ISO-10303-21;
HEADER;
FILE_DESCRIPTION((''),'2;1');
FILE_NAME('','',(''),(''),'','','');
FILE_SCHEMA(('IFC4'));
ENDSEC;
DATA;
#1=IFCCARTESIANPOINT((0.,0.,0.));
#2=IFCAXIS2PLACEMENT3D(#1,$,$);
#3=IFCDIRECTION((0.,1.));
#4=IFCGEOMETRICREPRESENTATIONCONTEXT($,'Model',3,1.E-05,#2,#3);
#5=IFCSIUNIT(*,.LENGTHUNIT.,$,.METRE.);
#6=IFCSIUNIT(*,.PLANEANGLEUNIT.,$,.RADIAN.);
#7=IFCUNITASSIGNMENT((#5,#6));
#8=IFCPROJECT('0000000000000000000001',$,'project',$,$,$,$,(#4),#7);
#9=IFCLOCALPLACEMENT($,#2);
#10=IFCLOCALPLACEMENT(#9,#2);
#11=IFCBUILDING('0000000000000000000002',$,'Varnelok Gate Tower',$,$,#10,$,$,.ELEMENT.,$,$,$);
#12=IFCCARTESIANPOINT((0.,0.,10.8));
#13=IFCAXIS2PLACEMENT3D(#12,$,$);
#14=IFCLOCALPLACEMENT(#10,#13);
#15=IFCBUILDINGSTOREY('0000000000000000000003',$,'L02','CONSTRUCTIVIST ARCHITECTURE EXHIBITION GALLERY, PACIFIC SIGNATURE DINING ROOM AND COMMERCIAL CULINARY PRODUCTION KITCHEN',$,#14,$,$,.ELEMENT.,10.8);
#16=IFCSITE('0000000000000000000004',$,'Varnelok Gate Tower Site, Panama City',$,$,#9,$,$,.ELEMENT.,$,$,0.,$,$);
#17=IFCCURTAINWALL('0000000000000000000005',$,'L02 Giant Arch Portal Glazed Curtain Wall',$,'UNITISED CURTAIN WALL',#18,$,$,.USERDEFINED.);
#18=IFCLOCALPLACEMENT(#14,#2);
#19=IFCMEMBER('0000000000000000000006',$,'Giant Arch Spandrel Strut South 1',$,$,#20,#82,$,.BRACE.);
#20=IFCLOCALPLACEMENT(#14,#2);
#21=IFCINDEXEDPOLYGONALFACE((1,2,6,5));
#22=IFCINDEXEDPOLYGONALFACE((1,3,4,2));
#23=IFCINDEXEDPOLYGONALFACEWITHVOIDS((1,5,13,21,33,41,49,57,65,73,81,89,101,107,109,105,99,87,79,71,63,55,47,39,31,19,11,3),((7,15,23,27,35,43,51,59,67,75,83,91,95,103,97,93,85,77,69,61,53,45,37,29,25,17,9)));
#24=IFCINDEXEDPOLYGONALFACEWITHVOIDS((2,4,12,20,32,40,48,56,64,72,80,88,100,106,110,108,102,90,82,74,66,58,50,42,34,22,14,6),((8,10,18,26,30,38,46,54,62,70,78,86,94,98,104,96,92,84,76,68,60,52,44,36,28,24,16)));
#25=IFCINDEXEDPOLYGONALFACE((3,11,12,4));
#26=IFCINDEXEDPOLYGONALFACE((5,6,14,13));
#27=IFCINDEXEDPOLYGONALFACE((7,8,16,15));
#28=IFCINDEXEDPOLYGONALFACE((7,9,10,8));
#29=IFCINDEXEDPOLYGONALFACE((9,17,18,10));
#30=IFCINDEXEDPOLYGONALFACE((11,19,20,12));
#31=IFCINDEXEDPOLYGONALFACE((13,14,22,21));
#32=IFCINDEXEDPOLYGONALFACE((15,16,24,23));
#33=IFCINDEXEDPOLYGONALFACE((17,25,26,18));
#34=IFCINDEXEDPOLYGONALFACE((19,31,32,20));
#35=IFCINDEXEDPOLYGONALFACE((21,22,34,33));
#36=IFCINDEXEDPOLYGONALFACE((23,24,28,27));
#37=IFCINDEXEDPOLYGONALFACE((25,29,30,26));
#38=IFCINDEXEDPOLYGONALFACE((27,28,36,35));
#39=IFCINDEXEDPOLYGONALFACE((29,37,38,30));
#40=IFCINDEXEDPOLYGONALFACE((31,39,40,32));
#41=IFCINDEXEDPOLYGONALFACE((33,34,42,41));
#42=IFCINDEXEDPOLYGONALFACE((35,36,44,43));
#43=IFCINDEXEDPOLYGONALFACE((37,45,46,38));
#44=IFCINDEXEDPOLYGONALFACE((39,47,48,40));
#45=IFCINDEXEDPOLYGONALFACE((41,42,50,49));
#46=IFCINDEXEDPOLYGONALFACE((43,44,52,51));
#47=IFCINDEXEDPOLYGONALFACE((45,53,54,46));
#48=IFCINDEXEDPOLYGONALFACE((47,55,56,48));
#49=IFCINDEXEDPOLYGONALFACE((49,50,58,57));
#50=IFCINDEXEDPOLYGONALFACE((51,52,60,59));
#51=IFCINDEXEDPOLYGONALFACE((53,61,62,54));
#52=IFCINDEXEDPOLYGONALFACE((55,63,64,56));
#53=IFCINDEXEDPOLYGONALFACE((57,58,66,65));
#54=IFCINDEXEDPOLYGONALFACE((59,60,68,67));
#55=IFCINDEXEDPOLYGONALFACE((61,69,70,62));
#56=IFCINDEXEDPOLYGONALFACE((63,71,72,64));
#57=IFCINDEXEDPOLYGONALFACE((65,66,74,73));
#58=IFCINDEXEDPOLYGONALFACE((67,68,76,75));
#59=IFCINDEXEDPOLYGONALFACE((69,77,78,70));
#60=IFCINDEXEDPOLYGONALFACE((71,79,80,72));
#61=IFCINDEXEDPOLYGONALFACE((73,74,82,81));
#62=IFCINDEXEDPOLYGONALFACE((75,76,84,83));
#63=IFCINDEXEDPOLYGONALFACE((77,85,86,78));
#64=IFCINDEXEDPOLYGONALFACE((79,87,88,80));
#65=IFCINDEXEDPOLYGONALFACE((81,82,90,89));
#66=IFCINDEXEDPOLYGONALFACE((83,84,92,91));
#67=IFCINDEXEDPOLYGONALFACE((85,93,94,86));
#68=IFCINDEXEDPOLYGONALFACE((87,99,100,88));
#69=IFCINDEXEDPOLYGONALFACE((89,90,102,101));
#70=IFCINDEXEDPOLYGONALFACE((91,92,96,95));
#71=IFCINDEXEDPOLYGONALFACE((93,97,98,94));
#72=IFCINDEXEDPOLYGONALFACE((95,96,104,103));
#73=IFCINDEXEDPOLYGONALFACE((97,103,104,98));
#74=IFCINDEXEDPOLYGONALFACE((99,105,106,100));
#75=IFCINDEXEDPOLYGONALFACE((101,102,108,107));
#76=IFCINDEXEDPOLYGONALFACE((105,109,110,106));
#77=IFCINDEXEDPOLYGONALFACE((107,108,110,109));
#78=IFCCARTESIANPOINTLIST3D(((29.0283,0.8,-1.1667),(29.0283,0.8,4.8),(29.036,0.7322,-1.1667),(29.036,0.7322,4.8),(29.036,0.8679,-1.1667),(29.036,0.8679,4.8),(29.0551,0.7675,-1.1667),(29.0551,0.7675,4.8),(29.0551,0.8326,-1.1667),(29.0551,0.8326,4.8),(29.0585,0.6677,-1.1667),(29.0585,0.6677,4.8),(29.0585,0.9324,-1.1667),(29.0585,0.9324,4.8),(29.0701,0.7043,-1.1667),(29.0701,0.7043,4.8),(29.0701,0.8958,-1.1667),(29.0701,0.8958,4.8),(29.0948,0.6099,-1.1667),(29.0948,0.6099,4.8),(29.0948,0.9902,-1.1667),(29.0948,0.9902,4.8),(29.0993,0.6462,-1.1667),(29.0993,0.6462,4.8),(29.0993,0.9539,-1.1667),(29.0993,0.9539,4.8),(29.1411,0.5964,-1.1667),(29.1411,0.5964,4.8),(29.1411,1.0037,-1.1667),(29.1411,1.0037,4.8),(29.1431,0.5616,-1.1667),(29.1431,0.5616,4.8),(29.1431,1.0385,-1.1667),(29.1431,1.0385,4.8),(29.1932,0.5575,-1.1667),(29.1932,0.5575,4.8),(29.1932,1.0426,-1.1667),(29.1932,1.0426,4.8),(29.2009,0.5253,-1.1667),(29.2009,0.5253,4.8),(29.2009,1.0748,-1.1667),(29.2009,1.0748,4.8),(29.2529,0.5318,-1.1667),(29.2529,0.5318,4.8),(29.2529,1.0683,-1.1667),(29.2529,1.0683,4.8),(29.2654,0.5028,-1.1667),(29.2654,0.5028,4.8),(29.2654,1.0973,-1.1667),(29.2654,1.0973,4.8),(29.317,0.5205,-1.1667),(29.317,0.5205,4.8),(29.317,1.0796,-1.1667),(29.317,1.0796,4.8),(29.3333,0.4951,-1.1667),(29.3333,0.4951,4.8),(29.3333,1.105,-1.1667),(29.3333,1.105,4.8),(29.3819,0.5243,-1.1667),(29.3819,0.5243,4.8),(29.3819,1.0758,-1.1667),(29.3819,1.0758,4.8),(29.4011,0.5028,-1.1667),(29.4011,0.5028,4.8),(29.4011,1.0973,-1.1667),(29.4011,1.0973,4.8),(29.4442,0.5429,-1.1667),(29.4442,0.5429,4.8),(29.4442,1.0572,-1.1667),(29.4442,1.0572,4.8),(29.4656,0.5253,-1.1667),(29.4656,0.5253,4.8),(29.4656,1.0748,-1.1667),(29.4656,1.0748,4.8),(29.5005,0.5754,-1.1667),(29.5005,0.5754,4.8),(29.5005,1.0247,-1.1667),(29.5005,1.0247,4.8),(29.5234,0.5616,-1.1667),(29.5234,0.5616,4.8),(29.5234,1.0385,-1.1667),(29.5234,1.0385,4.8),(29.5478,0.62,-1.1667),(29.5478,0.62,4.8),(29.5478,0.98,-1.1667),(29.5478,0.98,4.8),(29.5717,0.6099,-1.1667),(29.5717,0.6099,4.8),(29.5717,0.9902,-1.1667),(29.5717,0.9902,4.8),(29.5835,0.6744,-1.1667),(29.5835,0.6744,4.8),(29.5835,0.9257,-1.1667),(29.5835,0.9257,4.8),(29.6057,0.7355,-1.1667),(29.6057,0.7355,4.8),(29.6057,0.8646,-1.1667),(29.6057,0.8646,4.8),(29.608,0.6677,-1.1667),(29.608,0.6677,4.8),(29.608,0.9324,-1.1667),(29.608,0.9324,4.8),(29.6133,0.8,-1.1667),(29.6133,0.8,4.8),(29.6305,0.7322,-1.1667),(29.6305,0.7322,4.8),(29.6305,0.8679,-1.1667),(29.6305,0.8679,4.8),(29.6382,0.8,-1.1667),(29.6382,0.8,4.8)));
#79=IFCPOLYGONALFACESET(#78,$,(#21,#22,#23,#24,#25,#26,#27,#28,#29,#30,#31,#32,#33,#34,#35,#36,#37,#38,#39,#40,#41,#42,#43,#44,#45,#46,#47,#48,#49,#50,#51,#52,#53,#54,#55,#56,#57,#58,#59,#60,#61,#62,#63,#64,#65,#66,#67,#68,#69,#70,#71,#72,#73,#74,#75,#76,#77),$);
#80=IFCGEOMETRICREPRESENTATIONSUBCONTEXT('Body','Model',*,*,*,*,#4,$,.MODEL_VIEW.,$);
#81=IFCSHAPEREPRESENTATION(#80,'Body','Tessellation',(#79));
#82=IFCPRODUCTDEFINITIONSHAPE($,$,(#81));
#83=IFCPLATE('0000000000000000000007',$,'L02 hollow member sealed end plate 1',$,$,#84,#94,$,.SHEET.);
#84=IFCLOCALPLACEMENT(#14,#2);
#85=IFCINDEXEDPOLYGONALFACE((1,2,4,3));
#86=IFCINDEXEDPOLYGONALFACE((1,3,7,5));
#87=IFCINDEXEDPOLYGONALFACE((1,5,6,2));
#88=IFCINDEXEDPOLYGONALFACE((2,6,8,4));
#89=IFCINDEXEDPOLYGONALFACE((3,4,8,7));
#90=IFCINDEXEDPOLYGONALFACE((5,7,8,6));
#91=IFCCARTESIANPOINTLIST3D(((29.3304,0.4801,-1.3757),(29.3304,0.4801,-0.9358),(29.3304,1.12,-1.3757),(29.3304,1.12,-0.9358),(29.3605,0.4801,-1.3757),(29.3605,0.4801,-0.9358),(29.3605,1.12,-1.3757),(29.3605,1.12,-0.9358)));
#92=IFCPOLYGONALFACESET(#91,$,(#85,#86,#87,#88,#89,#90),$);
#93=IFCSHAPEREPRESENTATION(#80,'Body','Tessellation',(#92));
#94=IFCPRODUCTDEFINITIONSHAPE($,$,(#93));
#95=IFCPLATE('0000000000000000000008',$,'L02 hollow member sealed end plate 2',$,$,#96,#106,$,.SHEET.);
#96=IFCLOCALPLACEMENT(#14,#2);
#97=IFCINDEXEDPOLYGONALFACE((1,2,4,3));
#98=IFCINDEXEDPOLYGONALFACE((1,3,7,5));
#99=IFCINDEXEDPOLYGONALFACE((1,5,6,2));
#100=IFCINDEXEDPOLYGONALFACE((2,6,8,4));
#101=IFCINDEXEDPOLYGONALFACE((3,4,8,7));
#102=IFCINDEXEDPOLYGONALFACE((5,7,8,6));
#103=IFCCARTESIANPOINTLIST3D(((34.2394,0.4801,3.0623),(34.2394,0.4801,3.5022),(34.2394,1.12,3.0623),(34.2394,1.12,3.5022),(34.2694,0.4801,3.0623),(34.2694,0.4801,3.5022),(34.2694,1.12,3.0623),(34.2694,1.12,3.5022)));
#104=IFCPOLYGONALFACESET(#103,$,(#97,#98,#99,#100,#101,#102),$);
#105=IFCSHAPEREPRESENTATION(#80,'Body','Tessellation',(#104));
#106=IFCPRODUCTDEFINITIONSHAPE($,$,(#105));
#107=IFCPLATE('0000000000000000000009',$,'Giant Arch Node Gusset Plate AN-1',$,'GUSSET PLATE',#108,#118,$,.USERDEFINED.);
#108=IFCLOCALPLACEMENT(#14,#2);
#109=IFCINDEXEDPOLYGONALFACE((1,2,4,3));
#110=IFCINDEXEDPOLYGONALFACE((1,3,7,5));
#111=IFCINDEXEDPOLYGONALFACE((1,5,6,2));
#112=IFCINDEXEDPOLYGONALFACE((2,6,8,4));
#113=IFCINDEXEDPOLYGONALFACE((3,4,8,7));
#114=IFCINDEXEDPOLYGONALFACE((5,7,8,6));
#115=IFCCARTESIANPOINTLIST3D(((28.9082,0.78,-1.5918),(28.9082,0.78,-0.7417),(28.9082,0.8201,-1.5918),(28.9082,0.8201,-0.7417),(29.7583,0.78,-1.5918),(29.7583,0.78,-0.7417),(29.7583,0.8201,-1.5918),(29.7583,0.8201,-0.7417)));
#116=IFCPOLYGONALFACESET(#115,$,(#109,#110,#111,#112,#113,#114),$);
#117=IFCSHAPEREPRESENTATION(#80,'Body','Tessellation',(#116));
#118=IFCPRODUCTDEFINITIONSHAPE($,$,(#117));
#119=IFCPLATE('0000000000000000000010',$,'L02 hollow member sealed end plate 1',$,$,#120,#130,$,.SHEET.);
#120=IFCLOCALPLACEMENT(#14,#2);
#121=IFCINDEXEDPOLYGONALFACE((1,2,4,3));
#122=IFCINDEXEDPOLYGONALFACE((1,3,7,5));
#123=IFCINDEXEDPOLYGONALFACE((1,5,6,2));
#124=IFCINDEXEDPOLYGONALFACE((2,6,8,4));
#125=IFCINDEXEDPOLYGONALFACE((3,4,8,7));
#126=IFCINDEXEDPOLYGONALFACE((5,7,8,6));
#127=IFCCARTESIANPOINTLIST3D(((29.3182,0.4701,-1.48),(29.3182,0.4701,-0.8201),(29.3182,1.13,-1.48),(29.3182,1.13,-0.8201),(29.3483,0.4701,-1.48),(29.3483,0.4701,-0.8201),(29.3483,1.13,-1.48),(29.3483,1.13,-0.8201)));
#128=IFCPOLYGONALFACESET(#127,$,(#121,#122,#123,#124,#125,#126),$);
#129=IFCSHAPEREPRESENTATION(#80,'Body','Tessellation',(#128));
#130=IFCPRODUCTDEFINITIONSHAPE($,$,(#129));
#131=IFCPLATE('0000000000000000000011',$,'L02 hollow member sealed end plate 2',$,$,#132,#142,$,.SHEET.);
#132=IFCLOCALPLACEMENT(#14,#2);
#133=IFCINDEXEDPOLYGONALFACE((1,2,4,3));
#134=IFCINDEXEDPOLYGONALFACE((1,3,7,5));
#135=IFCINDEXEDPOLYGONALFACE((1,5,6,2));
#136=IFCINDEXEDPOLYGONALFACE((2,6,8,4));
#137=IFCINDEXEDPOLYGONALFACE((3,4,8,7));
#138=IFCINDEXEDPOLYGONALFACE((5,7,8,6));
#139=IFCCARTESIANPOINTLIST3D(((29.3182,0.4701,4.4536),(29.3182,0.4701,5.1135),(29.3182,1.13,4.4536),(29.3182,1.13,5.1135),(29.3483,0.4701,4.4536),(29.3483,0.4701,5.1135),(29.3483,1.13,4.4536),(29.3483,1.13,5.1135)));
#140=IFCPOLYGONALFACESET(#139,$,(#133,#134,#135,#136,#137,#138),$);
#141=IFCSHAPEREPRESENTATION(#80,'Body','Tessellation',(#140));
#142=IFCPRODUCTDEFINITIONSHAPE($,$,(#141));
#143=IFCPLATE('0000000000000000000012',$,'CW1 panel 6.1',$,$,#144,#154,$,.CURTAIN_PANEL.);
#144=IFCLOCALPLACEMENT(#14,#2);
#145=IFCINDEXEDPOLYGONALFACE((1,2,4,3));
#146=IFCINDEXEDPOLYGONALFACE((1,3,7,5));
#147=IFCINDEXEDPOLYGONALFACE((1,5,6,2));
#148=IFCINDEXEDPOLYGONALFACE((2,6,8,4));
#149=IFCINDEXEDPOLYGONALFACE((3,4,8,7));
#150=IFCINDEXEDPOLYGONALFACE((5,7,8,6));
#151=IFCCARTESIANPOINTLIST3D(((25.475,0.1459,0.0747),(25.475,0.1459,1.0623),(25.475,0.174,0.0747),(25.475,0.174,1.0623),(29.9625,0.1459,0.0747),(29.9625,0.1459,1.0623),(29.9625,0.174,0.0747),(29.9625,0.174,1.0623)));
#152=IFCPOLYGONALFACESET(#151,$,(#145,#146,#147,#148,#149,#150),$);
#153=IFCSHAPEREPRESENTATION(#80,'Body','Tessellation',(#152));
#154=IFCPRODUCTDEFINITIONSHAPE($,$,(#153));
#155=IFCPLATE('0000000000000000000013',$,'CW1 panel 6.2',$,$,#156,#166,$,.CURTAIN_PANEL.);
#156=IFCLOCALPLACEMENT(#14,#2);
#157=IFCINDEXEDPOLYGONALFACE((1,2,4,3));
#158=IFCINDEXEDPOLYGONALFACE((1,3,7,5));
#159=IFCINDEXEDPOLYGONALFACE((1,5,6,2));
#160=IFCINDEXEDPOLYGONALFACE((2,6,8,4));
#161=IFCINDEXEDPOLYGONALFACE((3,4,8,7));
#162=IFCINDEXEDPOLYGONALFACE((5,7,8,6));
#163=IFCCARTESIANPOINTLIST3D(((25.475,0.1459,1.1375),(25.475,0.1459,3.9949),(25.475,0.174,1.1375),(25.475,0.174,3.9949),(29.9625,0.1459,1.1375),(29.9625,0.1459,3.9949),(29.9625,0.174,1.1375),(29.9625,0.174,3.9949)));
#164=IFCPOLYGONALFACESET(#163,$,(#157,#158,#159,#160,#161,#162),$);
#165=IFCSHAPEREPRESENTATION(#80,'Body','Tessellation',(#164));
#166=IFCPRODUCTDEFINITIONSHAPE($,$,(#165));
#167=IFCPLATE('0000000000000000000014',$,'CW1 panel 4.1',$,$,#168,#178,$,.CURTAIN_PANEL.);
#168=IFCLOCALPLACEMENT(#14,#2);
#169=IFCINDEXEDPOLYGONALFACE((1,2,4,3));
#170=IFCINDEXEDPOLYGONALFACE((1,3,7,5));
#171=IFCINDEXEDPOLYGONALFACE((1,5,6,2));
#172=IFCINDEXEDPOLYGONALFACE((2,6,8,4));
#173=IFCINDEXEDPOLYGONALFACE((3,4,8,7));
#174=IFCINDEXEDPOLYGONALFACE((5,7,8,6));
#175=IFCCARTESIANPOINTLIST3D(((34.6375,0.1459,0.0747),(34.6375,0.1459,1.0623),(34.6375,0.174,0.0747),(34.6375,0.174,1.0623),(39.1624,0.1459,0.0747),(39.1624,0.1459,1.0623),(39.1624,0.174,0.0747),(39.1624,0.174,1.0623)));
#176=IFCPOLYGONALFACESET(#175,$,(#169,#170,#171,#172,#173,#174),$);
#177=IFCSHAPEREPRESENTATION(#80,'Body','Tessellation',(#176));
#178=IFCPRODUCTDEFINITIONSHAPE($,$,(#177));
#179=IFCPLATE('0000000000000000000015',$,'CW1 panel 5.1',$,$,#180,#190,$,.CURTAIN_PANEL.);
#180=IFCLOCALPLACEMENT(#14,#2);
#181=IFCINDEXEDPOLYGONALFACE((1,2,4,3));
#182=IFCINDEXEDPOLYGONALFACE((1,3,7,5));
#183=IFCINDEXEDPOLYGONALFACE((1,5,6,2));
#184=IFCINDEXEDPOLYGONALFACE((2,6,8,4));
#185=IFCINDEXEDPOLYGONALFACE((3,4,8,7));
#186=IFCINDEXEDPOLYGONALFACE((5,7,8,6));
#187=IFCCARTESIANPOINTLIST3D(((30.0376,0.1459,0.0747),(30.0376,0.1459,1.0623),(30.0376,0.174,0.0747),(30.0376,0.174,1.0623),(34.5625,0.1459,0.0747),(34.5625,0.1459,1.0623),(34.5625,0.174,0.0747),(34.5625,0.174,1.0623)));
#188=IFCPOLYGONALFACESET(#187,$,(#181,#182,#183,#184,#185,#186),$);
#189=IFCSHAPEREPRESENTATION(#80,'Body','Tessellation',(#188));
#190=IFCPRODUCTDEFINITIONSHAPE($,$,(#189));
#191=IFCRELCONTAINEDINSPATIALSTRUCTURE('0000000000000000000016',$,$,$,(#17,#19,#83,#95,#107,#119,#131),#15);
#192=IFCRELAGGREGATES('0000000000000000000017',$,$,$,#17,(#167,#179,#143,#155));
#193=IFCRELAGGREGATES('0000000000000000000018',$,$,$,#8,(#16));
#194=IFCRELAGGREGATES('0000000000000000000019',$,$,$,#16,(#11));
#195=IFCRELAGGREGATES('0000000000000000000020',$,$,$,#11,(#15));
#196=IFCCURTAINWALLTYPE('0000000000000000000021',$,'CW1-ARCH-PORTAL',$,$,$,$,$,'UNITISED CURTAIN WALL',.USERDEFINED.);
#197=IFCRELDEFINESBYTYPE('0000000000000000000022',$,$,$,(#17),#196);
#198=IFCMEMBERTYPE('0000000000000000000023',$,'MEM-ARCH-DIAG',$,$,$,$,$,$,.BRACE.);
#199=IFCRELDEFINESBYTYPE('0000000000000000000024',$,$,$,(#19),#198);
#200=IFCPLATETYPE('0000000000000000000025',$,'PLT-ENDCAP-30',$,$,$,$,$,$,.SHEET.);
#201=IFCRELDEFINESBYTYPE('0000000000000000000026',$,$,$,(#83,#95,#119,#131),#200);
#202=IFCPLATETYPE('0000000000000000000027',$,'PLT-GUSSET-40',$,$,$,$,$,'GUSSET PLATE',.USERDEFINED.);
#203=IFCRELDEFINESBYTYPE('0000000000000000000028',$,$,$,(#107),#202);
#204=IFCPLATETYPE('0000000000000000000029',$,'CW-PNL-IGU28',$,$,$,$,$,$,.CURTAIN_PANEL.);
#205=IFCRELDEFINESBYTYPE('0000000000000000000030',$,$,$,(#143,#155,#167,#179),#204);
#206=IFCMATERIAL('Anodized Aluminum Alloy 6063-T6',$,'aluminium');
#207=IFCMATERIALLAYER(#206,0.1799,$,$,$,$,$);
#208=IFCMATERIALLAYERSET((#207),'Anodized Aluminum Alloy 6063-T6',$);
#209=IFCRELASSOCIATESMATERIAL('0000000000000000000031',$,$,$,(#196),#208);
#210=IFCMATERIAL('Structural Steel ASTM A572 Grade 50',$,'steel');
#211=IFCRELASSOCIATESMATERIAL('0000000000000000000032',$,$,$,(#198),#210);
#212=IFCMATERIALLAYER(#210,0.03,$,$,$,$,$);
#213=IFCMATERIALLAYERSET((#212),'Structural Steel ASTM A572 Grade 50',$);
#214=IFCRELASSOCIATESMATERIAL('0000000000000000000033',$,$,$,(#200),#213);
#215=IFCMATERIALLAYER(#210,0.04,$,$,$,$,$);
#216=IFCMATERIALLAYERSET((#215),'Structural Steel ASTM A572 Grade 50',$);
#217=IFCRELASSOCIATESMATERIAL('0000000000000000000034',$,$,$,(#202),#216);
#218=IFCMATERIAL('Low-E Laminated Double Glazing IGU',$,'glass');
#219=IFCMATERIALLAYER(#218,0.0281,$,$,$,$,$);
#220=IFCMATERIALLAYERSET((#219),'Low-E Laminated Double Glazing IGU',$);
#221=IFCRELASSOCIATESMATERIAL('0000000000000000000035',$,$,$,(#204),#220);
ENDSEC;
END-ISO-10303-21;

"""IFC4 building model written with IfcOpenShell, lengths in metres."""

from ifc_helpers import new_model, si_unit, direction, frame, origin, origin_2d, place, context, subcontext, project, spatial, rectangle, hollow_circle, extrude, source, transform, mapped, material, layer, layer_set, material_profile, profile_set, type_object, element, aggregate, save


model = new_model("IFC4")

# Units and contexts
model_context = context("Model", 3, precision=1e-05, world=origin(), true_north=direction((0.0, 1.0)))
body_context = subcontext(model_context, "Body", "Model", "MODEL_VIEW")
ifc_project = project(units=[si_unit("LENGTHUNIT", "METRE"), si_unit("PLANEANGLEUNIT", "RADIAN")], contexts=[model_context])

# Site, building, storey
site_placement = place(None, origin())
site = spatial("IfcSite", under=ifc_project, at=site_placement, Name="Varnelok Gate Tower Site, Panama City", CompositionType="ELEMENT", RefElevation=0.0)
building_placement = place(site_placement, origin())
building = spatial("IfcBuilding", under=site, at=building_placement, Name="Varnelok Gate Tower", CompositionType="ELEMENT")
storey_placement = place(building_placement, frame((0.0, 0.0, 10.8)))
storey = spatial("IfcBuildingStorey", under=building, at=storey_placement, Name="L02", Description="CONSTRUCTIVIST ARCHITECTURE EXHIBITION GALLERY, PACIFIC SIGNATURE DINING ROOM AND COMMERCIAL CULINARY PRODUCTION KITCHEN", CompositionType="ELEMENT", Elevation=10.8)

# Curtain wall
ifc_material_1 = material(Name="Anodized Aluminum Alloy 6063-T6", Category="aluminium")
ifc_layer_1 = layer(ifc_material_1, 0.1799)
ifc_layer_set_1 = layer_set([ifc_layer_1], Name="Anodized Aluminum Alloy 6063-T6")
curtain_wall_type = type_object("IfcCurtainWallType", Name="CW1-ARCH-PORTAL", ElementType="UNITISED CURTAIN WALL", PredefinedType="USERDEFINED", material=ifc_layer_set_1)
curtain_wall_placement = place(storey_placement, origin())
curtain_wall = element("IfcCurtainWall", 1, at=curtain_wall_placement, inside=storey, type_object=curtain_wall_type, Name="L02 Giant Arch Portal Glazed Curtain Wall", ObjectType="UNITISED CURTAIN WALL", PredefinedType="USERDEFINED")

# Member
ifc_material_2 = material(Name="Structural Steel ASTM A572 Grade 50", Category="steel")
ifc_material_profile_1 = material_profile(ifc_material_2, hollow_circle(Radius=0.3049, WallThickness=0.0249, at=origin_2d()), Name="CHS610X25")
ifc_profile_set_1 = profile_set([ifc_material_profile_1], Name="Structural Steel ASTM A572 Grade 50")
member_type_1 = type_object("IfcMemberType", Name="MEM-ARCH-DIAG", PredefinedType="BRACE", material=ifc_profile_set_1)
member_1_placement = place(storey_placement, frame((29.3333, 0.8, -1.1667), z_axis=(0.0, 0.0, 1.0), x_axis=(1.0, 0.0, 0.0)))
element("IfcMember", 2, at=member_1_placement, inside=storey, type_object=member_type_1, Name="Giant Arch Spandrel Strut South 1", PredefinedType="BRACE", context=body_context, shape_type="SweptSolid", body=[
    extrude(hollow_circle(Radius=0.3049, WallThickness=0.0249, at=origin_2d()), origin(), (0.0, 0.0, 1.0), 5.9668),
])

# Plates
ifc_layer_2 = layer(ifc_material_2, 0.03)
ifc_layer_set_2 = layer_set([ifc_layer_2], Name="Structural Steel ASTM A572 Grade 50")
plate_type_1 = type_object("IfcPlateType", Name="PLT-ENDCAP-30", PredefinedType="SHEET", material=ifc_layer_set_2)
shared_shape_1 = source(origin(), body_context, "Body", "SweptSolid", [
    extrude(rectangle(XDim=0.03, YDim=0.6399, at=origin_2d()), origin(), (0.0, 0.0, 1.0), 0.4399),
])
for number, where, z_axis, x_axis, name in (
    (3, (29.3455, 0.8, -1.3757), (0.0, 0.0, 1.0), (1.0, 0.0, 0.0), "L02 hollow member sealed end plate 1"),
    (4, (34.2544, 0.8, 3.0623), (0.0, 0.0, 1.0), (1.0, 0.0, 0.0), "L02 hollow member sealed end plate 2"),
):
    element("IfcPlate", number, at=place(storey_placement, frame(where, z_axis=z_axis, x_axis=x_axis)), inside=storey, type_object=plate_type_1, Name=name, PredefinedType="SHEET", context=body_context, shape_type="MappedRepresentation", body=[
        mapped(shared_shape_1, transform((0.0, 0.0, 0.0), scale=1.0)),
    ])
ifc_layer_3 = layer(ifc_material_2, 0.04)
ifc_layer_set_3 = layer_set([ifc_layer_3], Name="Structural Steel ASTM A572 Grade 50")
plate_type_2 = type_object("IfcPlateType", Name="PLT-GUSSET-40", ElementType="GUSSET PLATE", PredefinedType="USERDEFINED", material=ifc_layer_set_3)
shared_shape_2 = source(origin(), body_context, "Body", "SweptSolid", [
    extrude(rectangle(XDim=0.8501, YDim=0.04, at=origin_2d()), origin(), (0.0, 0.0, 1.0), 0.8501),
])
plate_1_placement = place(storey_placement, frame((29.3333, 0.8, -1.5918), z_axis=(0.0, 0.0, 1.0), x_axis=(1.0, 0.0, 0.0)))
element("IfcPlate", 5, at=plate_1_placement, inside=storey, type_object=plate_type_2, Name="Giant Arch Node Gusset Plate AN-1", ObjectType="GUSSET PLATE", PredefinedType="USERDEFINED", context=body_context, shape_type="MappedRepresentation", body=[
    mapped(shared_shape_2, transform((0.0, 0.0, 0.0), scale=1.0)),
])
shared_shape_3 = source(origin(), body_context, "Body", "SweptSolid", [
    extrude(rectangle(XDim=0.03, YDim=0.6599, at=origin_2d()), origin(), (0.0, 0.0, 1.0), 0.6599),
])
for number, where, z_axis, x_axis, name in (
    (6, (29.3333, 0.8, -1.48), (0.0, 0.0, 1.0), (1.0, 0.0, 0.0), "L02 hollow member sealed end plate 1"),
    (7, (29.3333, 0.8, 4.4536), (0.0, 0.0, 1.0), (1.0, 0.0, 0.0), "L02 hollow member sealed end plate 2"),
):
    element("IfcPlate", number, at=place(storey_placement, frame(where, z_axis=z_axis, x_axis=x_axis)), inside=storey, type_object=plate_type_1, Name=name, PredefinedType="SHEET", context=body_context, shape_type="MappedRepresentation", body=[
        mapped(shared_shape_3, transform((0.0, 0.0, 0.0), scale=1.0)),
    ])

# Plates
ifc_material_3 = material(Name="Low-E Laminated Double Glazing IGU", Category="glass")
ifc_layer_4 = layer(ifc_material_3, 0.0281)
ifc_layer_set_4 = layer_set([ifc_layer_4], Name="Low-E Laminated Double Glazing IGU")
plate_type_3 = type_object("IfcPlateType", Name="CW-PNL-IGU28", PredefinedType="CURTAIN_PANEL", material=ifc_layer_set_4)
shared_shape_4 = source(origin(), body_context, "Body", "SweptSolid", [
    extrude(rectangle(XDim=4.4875, YDim=0.0281, at=origin_2d()), origin(), (0.0, 0.0, 1.0), 0.9875),
])
plate_2_placement = place(storey_placement, frame((27.7188, 0.1599, 0.0747), z_axis=(0.0, 0.0, 1.0), x_axis=(-1.0, 0.0, 0.0)))
plate_2 = element("IfcPlate", 8, at=plate_2_placement, type_object=plate_type_3, Name="CW1 panel 6.1", PredefinedType="CURTAIN_PANEL", context=body_context, shape_type="MappedRepresentation", body=[
    mapped(shared_shape_4, transform((0.0, 0.0, 0.0), scale=1.0)),
])
shared_shape_5 = source(origin(), body_context, "Body", "SweptSolid", [
    extrude(rectangle(XDim=4.4875, YDim=0.0281, at=origin_2d()), origin(), (0.0, 0.0, 1.0), 2.8574),
])
plate_3_placement = place(storey_placement, frame((27.7188, 0.1599, 1.1375), z_axis=(0.0, 0.0, 1.0), x_axis=(-1.0, 0.0, 0.0)))
plate_3 = element("IfcPlate", 9, at=plate_3_placement, type_object=plate_type_3, Name="CW1 panel 6.2", PredefinedType="CURTAIN_PANEL", context=body_context, shape_type="MappedRepresentation", body=[
    mapped(shared_shape_5, transform((0.0, 0.0, 0.0), scale=1.0)),
])
shared_shape_6 = source(origin(), body_context, "Body", "SweptSolid", [
    extrude(rectangle(XDim=4.5249, YDim=0.0281, at=origin_2d()), origin(), (0.0, 0.0, 1.0), 0.9875),
])
plate_4_placement = place(storey_placement, frame((36.8999, 0.1599, 0.0747), z_axis=(0.0, 0.0, 1.0), x_axis=(-1.0, 0.0, 0.0)))
plate_4 = element("IfcPlate", 10, at=plate_4_placement, type_object=plate_type_3, Name="CW1 panel 4.1", PredefinedType="CURTAIN_PANEL", context=body_context, shape_type="MappedRepresentation", body=[
    mapped(shared_shape_6, transform((0.0, 0.0, 0.0), scale=1.0)),
])
plate_5_placement = place(storey_placement, frame((32.3, 0.1599, 0.0747), z_axis=(0.0, 0.0, 1.0), x_axis=(-1.0, 0.0, 0.0)))
plate_5 = element("IfcPlate", 11, at=plate_5_placement, type_object=plate_type_3, Name="CW1 panel 5.1", PredefinedType="CURTAIN_PANEL", context=body_context, shape_type="MappedRepresentation", body=[
    mapped(shared_shape_6, transform((0.0, 0.0, 0.0), scale=1.0)),
])
aggregate(curtain_wall, [plate_4, plate_5, plate_2, plate_3])

save(model, "model.ifc")
